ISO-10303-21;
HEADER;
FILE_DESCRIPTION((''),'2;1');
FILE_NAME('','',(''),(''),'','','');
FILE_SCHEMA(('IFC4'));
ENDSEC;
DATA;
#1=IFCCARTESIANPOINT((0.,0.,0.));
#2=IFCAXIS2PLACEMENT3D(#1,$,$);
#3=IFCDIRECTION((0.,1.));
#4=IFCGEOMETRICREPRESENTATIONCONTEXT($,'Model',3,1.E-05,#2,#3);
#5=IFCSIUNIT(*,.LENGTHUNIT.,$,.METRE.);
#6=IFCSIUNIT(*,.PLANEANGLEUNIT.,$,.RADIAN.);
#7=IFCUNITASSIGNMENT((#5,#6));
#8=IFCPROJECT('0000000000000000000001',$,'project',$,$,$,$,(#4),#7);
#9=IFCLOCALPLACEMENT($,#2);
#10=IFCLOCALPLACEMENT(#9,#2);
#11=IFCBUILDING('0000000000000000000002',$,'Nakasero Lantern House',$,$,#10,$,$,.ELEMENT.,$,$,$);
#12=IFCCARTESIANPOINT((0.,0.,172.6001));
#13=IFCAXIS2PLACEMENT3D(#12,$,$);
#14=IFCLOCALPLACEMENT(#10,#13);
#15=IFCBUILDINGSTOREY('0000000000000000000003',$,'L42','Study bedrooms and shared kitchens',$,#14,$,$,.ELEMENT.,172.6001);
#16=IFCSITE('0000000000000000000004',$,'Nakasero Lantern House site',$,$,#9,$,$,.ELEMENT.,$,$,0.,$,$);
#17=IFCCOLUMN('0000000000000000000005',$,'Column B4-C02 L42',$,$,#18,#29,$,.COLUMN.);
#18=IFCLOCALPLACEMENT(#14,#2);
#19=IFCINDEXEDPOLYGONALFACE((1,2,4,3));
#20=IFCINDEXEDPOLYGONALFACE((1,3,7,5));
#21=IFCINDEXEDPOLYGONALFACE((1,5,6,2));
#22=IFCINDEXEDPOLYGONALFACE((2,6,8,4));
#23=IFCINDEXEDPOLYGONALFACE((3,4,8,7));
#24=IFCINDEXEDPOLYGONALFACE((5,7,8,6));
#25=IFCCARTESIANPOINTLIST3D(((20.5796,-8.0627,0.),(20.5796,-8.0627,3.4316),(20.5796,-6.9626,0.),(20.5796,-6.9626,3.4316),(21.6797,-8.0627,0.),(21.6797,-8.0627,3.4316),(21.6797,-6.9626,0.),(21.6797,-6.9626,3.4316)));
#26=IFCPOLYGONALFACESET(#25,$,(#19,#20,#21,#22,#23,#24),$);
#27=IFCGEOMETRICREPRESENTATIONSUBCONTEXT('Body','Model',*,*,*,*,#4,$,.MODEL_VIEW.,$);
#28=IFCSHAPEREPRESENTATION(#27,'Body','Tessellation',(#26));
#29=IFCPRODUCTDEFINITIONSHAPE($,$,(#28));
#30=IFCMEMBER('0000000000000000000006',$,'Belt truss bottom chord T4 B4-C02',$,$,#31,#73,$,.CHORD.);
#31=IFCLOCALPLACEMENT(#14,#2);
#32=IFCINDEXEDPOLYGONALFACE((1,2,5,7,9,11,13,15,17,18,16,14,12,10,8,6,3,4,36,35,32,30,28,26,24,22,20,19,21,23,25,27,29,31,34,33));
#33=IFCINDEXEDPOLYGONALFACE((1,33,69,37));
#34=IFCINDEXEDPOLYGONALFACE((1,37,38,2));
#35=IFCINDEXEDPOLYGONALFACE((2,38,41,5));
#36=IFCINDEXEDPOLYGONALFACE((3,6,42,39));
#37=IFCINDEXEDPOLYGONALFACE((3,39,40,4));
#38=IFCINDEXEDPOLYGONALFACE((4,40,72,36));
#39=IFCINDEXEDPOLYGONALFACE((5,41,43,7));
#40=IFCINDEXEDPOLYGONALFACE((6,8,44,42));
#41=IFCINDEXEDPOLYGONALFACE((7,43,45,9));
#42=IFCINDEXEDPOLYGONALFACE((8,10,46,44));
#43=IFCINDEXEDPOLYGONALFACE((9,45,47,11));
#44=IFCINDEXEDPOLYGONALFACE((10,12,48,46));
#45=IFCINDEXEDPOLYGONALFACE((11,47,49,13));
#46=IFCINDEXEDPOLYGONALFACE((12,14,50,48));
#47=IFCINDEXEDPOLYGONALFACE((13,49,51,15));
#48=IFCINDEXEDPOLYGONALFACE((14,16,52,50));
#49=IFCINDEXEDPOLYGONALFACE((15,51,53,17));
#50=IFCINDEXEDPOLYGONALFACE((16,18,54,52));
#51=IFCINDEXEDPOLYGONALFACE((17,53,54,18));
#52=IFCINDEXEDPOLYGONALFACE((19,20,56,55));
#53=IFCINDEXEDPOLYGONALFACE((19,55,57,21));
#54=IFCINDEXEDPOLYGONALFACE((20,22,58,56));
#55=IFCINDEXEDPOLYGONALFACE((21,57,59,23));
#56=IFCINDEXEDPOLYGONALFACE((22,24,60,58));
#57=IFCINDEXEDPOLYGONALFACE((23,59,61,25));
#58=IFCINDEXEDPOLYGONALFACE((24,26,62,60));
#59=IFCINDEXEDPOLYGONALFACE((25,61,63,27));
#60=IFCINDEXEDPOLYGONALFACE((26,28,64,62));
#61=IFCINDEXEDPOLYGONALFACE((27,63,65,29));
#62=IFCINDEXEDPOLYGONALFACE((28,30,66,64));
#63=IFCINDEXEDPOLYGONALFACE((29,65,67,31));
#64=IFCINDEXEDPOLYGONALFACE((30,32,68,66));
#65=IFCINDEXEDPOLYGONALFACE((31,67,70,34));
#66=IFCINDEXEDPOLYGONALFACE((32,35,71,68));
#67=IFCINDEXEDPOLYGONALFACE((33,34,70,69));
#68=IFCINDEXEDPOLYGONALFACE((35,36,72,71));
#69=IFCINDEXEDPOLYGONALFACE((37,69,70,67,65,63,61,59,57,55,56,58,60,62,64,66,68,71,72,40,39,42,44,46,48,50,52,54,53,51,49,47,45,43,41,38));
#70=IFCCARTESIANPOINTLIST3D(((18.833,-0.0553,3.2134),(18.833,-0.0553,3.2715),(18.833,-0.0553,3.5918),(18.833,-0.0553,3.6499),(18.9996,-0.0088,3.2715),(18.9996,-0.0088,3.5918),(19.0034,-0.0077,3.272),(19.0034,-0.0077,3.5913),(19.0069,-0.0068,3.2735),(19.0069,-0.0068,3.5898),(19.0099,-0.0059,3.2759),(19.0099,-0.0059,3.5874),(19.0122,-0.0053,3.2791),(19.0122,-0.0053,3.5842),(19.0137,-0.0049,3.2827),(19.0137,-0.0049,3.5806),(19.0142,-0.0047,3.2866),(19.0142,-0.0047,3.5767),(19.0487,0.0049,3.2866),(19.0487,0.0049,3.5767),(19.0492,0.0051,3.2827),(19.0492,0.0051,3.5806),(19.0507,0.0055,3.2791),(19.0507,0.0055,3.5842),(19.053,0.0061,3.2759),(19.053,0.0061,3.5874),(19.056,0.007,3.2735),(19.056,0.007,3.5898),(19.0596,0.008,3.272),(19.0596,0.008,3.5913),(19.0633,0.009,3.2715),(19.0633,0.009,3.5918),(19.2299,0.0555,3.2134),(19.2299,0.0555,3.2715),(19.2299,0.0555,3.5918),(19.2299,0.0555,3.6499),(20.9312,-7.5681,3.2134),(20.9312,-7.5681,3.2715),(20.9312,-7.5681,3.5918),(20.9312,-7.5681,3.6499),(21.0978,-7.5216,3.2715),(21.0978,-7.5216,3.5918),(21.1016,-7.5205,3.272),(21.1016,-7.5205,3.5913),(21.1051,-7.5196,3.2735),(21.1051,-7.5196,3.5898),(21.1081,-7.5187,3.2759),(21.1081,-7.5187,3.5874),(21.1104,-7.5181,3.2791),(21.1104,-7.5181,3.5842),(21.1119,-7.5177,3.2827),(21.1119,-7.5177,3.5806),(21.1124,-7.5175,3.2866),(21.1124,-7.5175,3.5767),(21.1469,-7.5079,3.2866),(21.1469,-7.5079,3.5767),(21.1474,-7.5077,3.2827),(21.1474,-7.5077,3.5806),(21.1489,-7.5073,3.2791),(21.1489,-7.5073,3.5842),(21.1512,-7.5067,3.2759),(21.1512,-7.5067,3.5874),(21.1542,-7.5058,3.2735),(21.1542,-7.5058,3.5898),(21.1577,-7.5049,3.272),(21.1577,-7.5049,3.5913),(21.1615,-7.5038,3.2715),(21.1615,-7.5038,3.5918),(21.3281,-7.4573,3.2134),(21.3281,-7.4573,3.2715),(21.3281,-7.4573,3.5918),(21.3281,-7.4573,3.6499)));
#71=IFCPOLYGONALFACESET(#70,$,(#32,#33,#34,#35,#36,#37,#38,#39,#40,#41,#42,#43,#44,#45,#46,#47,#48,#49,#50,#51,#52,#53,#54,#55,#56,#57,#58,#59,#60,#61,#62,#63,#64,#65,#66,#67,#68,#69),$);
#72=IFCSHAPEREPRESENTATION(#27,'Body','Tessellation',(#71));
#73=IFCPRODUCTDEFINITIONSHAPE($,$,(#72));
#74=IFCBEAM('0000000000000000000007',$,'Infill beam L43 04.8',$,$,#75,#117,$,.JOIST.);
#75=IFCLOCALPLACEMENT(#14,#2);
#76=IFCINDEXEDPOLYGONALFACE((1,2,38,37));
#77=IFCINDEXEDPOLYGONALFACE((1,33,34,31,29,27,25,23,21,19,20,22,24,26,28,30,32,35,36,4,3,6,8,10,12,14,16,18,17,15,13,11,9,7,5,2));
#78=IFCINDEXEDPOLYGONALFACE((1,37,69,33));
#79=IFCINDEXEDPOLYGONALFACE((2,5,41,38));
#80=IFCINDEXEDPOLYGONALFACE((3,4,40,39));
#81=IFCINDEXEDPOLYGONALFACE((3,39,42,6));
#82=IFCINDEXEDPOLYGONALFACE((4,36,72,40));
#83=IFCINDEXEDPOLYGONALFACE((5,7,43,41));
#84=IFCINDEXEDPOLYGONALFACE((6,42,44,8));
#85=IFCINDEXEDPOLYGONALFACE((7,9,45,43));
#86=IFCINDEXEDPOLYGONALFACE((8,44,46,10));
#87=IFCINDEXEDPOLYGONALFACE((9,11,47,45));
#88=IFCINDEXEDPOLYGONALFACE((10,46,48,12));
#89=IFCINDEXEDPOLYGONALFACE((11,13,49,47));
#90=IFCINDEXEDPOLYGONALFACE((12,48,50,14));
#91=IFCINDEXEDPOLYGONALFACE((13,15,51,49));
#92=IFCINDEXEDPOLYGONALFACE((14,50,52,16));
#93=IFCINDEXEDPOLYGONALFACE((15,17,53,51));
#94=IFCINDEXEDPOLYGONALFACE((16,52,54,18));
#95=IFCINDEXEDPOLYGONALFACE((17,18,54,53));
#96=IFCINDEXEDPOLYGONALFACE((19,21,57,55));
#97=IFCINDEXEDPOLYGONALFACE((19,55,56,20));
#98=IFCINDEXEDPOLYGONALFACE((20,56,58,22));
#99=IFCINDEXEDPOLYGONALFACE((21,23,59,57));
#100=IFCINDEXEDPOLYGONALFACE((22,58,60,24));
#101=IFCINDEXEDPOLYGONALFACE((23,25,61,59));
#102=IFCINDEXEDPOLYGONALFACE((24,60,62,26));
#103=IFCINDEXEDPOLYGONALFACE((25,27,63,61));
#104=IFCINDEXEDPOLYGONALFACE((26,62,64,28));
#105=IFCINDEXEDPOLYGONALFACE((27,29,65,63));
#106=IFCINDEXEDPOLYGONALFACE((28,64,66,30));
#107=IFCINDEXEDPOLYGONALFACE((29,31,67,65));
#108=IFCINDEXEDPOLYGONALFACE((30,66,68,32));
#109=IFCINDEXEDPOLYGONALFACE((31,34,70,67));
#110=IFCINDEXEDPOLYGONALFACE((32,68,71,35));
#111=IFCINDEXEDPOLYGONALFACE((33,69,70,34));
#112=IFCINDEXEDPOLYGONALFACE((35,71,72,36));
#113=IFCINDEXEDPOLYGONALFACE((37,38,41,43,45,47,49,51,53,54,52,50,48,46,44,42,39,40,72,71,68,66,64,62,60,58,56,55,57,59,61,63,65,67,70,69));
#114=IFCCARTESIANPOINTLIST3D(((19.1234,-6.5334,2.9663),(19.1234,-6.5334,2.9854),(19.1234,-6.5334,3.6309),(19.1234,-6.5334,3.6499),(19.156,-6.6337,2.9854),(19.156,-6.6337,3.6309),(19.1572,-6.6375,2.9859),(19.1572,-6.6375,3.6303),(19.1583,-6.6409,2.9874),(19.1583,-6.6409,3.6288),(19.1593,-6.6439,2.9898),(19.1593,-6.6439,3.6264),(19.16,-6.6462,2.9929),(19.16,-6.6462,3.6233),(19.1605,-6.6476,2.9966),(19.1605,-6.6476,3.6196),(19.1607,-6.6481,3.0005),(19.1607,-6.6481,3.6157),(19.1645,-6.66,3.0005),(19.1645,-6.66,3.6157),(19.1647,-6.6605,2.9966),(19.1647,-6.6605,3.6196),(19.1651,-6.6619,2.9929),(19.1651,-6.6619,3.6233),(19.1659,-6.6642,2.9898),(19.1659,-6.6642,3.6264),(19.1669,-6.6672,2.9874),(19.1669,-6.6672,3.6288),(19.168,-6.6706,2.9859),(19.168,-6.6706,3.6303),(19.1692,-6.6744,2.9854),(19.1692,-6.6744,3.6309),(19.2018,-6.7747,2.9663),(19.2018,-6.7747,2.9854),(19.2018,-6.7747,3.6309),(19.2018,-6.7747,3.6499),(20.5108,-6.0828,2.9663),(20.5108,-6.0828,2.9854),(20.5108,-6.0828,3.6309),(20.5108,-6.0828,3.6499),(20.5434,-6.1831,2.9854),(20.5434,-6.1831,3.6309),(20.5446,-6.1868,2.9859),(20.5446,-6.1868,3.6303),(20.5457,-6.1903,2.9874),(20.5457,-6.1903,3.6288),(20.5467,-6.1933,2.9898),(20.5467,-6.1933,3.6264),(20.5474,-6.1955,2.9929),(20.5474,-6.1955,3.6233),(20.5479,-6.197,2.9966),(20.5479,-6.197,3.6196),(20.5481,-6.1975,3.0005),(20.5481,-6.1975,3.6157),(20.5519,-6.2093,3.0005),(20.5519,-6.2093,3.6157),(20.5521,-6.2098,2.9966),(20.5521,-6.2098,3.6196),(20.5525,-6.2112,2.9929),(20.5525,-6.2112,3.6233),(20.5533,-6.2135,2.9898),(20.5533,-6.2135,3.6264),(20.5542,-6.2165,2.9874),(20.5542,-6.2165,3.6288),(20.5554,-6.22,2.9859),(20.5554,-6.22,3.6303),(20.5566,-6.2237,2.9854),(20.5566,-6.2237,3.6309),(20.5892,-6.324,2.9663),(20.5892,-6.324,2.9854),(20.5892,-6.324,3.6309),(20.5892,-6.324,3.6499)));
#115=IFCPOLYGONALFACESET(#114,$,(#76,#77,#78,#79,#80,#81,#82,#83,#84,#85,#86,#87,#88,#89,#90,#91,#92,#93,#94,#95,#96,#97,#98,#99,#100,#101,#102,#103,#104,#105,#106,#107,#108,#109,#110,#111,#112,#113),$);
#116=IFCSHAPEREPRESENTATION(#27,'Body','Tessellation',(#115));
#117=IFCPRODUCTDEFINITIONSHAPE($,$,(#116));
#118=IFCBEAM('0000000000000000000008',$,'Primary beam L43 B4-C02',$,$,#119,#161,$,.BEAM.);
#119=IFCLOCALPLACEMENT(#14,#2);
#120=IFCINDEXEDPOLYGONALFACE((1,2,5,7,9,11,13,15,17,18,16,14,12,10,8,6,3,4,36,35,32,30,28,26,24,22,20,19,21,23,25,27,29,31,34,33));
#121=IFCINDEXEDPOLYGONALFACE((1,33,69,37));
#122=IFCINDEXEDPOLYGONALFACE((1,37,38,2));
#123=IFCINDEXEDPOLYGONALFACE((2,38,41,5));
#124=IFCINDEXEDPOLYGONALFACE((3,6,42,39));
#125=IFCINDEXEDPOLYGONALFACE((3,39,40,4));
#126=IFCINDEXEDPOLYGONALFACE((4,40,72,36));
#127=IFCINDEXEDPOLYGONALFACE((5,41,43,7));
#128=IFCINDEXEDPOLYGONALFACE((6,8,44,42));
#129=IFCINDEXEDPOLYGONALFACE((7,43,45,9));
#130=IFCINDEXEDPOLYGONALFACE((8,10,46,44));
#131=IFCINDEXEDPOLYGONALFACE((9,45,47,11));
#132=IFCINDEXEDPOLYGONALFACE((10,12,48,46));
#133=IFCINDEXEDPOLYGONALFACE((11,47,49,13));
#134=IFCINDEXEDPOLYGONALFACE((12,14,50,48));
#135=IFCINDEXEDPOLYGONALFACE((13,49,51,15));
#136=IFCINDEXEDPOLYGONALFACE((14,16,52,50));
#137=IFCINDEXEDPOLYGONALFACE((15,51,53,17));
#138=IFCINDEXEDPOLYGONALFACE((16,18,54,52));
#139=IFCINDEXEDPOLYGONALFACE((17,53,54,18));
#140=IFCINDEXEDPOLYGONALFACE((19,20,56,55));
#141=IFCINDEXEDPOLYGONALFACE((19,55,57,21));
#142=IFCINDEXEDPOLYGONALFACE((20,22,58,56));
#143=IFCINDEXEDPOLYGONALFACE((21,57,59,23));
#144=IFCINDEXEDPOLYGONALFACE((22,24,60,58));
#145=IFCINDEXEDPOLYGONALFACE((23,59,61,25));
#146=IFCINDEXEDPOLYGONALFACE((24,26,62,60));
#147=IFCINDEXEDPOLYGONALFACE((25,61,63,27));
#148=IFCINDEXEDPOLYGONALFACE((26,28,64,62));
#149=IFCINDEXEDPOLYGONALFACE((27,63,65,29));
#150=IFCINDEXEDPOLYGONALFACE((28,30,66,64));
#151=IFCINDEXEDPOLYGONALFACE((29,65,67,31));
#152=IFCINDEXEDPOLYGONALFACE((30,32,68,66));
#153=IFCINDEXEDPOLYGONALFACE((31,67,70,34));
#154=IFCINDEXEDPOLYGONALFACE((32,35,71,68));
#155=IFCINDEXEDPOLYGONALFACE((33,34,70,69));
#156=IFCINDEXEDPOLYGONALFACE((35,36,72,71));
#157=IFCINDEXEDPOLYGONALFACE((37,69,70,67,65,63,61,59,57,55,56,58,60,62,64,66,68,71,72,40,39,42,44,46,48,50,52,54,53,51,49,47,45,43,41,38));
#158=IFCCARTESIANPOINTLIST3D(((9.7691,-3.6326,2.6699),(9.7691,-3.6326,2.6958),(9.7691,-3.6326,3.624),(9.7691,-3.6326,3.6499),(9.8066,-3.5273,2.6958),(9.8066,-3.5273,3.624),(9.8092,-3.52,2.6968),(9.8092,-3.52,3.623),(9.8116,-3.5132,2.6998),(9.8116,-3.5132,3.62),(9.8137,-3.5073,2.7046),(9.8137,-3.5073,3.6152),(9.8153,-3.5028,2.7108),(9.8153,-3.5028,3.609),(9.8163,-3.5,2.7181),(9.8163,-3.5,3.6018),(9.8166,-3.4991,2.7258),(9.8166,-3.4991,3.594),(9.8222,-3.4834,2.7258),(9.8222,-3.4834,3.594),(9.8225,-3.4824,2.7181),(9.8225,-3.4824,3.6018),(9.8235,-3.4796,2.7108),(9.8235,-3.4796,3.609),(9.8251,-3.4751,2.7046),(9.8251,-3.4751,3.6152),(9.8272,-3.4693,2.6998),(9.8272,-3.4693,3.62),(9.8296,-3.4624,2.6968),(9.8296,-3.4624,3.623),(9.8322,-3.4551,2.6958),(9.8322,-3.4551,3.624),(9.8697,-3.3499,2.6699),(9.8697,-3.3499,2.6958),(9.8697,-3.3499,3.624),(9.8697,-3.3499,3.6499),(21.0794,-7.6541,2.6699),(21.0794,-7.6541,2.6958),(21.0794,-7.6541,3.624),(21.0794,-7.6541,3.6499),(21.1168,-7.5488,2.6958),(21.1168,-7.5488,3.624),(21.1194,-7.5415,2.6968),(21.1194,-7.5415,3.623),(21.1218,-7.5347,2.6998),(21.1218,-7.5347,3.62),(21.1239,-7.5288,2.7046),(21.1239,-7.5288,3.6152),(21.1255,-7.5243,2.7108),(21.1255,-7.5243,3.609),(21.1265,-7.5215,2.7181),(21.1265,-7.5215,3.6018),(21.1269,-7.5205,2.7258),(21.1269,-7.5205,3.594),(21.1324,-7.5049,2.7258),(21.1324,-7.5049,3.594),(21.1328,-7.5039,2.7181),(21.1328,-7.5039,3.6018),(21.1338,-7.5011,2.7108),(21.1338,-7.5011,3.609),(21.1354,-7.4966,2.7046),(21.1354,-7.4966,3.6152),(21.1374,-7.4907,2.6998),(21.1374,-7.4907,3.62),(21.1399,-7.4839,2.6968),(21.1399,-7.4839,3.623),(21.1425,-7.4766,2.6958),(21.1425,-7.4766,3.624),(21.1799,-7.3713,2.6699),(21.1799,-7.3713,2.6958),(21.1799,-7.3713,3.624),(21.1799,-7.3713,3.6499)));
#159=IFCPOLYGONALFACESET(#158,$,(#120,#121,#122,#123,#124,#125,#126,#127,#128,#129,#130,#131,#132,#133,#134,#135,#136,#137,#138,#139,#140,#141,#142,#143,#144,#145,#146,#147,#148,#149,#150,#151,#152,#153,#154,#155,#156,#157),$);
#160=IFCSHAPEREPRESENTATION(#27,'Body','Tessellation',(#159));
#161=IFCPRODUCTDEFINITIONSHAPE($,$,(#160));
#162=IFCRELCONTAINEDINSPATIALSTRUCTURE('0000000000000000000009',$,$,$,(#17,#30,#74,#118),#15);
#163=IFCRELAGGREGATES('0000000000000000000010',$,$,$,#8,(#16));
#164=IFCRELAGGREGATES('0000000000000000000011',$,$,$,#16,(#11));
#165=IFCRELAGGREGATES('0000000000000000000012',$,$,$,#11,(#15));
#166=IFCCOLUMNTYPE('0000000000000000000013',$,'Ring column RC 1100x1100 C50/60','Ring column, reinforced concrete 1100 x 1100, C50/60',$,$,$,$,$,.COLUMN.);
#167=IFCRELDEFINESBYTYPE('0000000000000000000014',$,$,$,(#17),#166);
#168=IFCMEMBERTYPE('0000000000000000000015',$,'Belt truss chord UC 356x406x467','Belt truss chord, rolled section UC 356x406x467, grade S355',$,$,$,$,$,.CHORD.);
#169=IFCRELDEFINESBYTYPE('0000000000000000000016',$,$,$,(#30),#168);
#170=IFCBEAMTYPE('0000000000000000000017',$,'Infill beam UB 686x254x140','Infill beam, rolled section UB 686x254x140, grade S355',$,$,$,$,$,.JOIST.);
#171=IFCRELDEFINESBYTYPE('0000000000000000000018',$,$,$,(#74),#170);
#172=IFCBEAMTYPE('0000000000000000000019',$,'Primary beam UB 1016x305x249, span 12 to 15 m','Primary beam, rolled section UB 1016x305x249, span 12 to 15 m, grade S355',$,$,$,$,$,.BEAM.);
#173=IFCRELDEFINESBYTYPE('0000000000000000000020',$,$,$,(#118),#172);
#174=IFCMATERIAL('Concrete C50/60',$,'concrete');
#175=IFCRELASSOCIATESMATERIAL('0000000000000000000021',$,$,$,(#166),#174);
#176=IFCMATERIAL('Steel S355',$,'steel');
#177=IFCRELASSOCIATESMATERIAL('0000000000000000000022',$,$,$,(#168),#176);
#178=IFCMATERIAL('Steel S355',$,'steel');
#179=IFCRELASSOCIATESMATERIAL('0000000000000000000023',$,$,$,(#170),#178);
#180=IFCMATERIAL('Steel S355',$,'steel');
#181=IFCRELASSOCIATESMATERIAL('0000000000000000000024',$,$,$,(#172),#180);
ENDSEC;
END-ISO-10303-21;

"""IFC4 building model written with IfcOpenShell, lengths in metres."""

from ifc_helpers import new_model, si_unit, direction, frame, origin, origin_2d, place, context, subcontext, project, spatial, rectangle, i_section, extrude, material, material_profile, profile_set, type_object, element, save


model = new_model("IFC4")

# Units and contexts
model_context = context("Model", 3, precision=1e-05, world=origin(), true_north=direction((0.0, 1.0)))
body_context = subcontext(model_context, "Body", "Model", "MODEL_VIEW")
ifc_project = project(units=[si_unit("LENGTHUNIT", "METRE"), si_unit("PLANEANGLEUNIT", "RADIAN")], contexts=[model_context])

# Site, building, storey
site_placement = place(None, origin())
site = spatial("IfcSite", under=ifc_project, at=site_placement, Name="Nakasero Lantern House site", CompositionType="ELEMENT", RefElevation=0.0)
building_placement = place(site_placement, origin())
building = spatial("IfcBuilding", under=site, at=building_placement, Name="Nakasero Lantern House", CompositionType="ELEMENT")
storey_placement = place(building_placement, frame((0.0, 0.0, 172.6001)))
storey = spatial("IfcBuildingStorey", under=building, at=storey_placement, Name="L42", Description="Study bedrooms and shared kitchens", CompositionType="ELEMENT", Elevation=172.6001)

# Column
ifc_material_1 = material(Name="Concrete C50/60", Category="concrete")
ifc_material_profile_1 = material_profile(ifc_material_1, rectangle(XDim=1.1001, YDim=1.1001, at=origin_2d()), Name="RC 1100x1100")
ifc_profile_set_1 = profile_set([ifc_material_profile_1], Name="Concrete C50/60")
column_type = type_object("IfcColumnType", Name="Ring column RC 1100x1100 C50/60", Description="Ring column, reinforced concrete 1100 x 1100, C50/60", PredefinedType="COLUMN", material=ifc_profile_set_1)
column_placement = place(storey_placement, frame((21.1296, -7.5127, 0.0), z_axis=(0.0, 0.0, 1.0), x_axis=(1.0, 0.0, 0.0)))
element("IfcColumn", 1, at=column_placement, inside=storey, type_object=column_type, Name="Column B4-C02 L42", PredefinedType="COLUMN", context=body_context, shape_type="SweptSolid", body=[
    extrude(rectangle(XDim=1.1001, YDim=1.1001, at=origin_2d()), origin(), (0.0, 0.0, 1.0), 3.4316),
])

# Member
ifc_material_2 = material(Name="Steel S355", Category="steel")
ifc_material_profile_2 = material_profile(ifc_material_2, i_section(OverallWidth=0.4121, OverallDepth=0.4365, WebThickness=0.0359, FlangeThickness=0.0581, FilletRadius=0.0151, at=origin_2d()), Name="UC 356x406x467")
ifc_profile_set_2 = profile_set([ifc_material_profile_2], Name="Steel S355")
member_type = type_object("IfcMemberType", Name="Belt truss chord UC 356x406x467", Description="Belt truss chord, rolled section UC 356x406x467, grade S355", PredefinedType="CHORD", material=ifc_profile_set_2)
member_placement = place(storey_placement, frame((21.1296, -7.5127, 3.4316), z_axis=(-0.268987, 0.963144, 0.0), x_axis=(-0.963144, -0.268987, 0.0)))
element("IfcMember", 2, at=member_placement, inside=storey, type_object=member_type, Name="Belt truss bottom chord T4 B4-C02", PredefinedType="CHORD", context=body_context, shape_type="SweptSolid", body=[
    extrude(i_section(OverallWidth=0.4121, OverallDepth=0.4365, WebThickness=0.0359, FlangeThickness=0.0581, FilletRadius=0.0151, at=origin_2d()), origin(), (0.0, 0.0, 1.0), 7.8003),
])

# Beams
ifc_material_3 = material(Name="Steel S355", Category="steel")
ifc_material_profile_3 = material_profile(ifc_material_3, i_section(OverallWidth=0.2537, OverallDepth=0.6836, WebThickness=0.0125, FlangeThickness=0.019, FilletRadius=0.0151, at=origin_2d()), Name="UB 686x254x140")
ifc_profile_set_3 = profile_set([ifc_material_profile_3], Name="Steel S355")
beam_type_1 = type_object("IfcBeamType", Name="Infill beam UB 686x254x140", Description="Infill beam, rolled section UB 686x254x140, grade S355", PredefinedType="JOIST", material=ifc_profile_set_3)
beam_1_placement = place(storey_placement, frame((19.1626, -6.6541, 3.3081), z_axis=(0.951082, 0.308938, 0.0), x_axis=(-0.308938, 0.951082, 0.0)))
element("IfcBeam", 3, at=beam_1_placement, inside=storey, type_object=beam_type_1, Name="Infill beam L43 04.8", PredefinedType="JOIST", context=body_context, shape_type="SweptSolid", body=[
    extrude(i_section(OverallWidth=0.2537, OverallDepth=0.6836, WebThickness=0.0125, FlangeThickness=0.019, FilletRadius=0.0151, at=origin_2d()), origin(), (0.0, 0.0, 1.0), 1.4587),
])
ifc_material_4 = material(Name="Steel S355", Category="steel")
ifc_material_profile_4 = material_profile(ifc_material_4, i_section(OverallWidth=0.3, OverallDepth=0.98, WebThickness=0.0166, FlangeThickness=0.0259, FilletRadius=0.03, at=origin_2d()), Name="UB 1016x305x249")
ifc_profile_set_4 = profile_set([ifc_material_profile_4], Name="Steel S355")
beam_type_2 = type_object("IfcBeamType", Name="Primary beam UB 1016x305x249, span 12 to 15 m", Description="Primary beam, rolled section UB 1016x305x249, span 12 to 15 m, grade S355", PredefinedType="BEAM", material=ifc_profile_set_4)
beam_2_placement = place(storey_placement, frame((21.1296, -7.5127, 3.1599), z_axis=(-0.942214, 0.335013, 0.0), x_axis=(-0.335013, -0.942214, 0.0)))
element("IfcBeam", 4, at=beam_2_placement, inside=storey, type_object=beam_type_2, Name="Primary beam L43 B4-C02", PredefinedType="BEAM", context=body_context, shape_type="SweptSolid", body=[
    extrude(i_section(OverallWidth=0.3, OverallDepth=0.98, WebThickness=0.0166, FlangeThickness=0.0259, FilletRadius=0.03, at=origin_2d()), origin(), (0.0, 0.0, 1.0), 12.0039),
])

save(model, "model.ifc")
